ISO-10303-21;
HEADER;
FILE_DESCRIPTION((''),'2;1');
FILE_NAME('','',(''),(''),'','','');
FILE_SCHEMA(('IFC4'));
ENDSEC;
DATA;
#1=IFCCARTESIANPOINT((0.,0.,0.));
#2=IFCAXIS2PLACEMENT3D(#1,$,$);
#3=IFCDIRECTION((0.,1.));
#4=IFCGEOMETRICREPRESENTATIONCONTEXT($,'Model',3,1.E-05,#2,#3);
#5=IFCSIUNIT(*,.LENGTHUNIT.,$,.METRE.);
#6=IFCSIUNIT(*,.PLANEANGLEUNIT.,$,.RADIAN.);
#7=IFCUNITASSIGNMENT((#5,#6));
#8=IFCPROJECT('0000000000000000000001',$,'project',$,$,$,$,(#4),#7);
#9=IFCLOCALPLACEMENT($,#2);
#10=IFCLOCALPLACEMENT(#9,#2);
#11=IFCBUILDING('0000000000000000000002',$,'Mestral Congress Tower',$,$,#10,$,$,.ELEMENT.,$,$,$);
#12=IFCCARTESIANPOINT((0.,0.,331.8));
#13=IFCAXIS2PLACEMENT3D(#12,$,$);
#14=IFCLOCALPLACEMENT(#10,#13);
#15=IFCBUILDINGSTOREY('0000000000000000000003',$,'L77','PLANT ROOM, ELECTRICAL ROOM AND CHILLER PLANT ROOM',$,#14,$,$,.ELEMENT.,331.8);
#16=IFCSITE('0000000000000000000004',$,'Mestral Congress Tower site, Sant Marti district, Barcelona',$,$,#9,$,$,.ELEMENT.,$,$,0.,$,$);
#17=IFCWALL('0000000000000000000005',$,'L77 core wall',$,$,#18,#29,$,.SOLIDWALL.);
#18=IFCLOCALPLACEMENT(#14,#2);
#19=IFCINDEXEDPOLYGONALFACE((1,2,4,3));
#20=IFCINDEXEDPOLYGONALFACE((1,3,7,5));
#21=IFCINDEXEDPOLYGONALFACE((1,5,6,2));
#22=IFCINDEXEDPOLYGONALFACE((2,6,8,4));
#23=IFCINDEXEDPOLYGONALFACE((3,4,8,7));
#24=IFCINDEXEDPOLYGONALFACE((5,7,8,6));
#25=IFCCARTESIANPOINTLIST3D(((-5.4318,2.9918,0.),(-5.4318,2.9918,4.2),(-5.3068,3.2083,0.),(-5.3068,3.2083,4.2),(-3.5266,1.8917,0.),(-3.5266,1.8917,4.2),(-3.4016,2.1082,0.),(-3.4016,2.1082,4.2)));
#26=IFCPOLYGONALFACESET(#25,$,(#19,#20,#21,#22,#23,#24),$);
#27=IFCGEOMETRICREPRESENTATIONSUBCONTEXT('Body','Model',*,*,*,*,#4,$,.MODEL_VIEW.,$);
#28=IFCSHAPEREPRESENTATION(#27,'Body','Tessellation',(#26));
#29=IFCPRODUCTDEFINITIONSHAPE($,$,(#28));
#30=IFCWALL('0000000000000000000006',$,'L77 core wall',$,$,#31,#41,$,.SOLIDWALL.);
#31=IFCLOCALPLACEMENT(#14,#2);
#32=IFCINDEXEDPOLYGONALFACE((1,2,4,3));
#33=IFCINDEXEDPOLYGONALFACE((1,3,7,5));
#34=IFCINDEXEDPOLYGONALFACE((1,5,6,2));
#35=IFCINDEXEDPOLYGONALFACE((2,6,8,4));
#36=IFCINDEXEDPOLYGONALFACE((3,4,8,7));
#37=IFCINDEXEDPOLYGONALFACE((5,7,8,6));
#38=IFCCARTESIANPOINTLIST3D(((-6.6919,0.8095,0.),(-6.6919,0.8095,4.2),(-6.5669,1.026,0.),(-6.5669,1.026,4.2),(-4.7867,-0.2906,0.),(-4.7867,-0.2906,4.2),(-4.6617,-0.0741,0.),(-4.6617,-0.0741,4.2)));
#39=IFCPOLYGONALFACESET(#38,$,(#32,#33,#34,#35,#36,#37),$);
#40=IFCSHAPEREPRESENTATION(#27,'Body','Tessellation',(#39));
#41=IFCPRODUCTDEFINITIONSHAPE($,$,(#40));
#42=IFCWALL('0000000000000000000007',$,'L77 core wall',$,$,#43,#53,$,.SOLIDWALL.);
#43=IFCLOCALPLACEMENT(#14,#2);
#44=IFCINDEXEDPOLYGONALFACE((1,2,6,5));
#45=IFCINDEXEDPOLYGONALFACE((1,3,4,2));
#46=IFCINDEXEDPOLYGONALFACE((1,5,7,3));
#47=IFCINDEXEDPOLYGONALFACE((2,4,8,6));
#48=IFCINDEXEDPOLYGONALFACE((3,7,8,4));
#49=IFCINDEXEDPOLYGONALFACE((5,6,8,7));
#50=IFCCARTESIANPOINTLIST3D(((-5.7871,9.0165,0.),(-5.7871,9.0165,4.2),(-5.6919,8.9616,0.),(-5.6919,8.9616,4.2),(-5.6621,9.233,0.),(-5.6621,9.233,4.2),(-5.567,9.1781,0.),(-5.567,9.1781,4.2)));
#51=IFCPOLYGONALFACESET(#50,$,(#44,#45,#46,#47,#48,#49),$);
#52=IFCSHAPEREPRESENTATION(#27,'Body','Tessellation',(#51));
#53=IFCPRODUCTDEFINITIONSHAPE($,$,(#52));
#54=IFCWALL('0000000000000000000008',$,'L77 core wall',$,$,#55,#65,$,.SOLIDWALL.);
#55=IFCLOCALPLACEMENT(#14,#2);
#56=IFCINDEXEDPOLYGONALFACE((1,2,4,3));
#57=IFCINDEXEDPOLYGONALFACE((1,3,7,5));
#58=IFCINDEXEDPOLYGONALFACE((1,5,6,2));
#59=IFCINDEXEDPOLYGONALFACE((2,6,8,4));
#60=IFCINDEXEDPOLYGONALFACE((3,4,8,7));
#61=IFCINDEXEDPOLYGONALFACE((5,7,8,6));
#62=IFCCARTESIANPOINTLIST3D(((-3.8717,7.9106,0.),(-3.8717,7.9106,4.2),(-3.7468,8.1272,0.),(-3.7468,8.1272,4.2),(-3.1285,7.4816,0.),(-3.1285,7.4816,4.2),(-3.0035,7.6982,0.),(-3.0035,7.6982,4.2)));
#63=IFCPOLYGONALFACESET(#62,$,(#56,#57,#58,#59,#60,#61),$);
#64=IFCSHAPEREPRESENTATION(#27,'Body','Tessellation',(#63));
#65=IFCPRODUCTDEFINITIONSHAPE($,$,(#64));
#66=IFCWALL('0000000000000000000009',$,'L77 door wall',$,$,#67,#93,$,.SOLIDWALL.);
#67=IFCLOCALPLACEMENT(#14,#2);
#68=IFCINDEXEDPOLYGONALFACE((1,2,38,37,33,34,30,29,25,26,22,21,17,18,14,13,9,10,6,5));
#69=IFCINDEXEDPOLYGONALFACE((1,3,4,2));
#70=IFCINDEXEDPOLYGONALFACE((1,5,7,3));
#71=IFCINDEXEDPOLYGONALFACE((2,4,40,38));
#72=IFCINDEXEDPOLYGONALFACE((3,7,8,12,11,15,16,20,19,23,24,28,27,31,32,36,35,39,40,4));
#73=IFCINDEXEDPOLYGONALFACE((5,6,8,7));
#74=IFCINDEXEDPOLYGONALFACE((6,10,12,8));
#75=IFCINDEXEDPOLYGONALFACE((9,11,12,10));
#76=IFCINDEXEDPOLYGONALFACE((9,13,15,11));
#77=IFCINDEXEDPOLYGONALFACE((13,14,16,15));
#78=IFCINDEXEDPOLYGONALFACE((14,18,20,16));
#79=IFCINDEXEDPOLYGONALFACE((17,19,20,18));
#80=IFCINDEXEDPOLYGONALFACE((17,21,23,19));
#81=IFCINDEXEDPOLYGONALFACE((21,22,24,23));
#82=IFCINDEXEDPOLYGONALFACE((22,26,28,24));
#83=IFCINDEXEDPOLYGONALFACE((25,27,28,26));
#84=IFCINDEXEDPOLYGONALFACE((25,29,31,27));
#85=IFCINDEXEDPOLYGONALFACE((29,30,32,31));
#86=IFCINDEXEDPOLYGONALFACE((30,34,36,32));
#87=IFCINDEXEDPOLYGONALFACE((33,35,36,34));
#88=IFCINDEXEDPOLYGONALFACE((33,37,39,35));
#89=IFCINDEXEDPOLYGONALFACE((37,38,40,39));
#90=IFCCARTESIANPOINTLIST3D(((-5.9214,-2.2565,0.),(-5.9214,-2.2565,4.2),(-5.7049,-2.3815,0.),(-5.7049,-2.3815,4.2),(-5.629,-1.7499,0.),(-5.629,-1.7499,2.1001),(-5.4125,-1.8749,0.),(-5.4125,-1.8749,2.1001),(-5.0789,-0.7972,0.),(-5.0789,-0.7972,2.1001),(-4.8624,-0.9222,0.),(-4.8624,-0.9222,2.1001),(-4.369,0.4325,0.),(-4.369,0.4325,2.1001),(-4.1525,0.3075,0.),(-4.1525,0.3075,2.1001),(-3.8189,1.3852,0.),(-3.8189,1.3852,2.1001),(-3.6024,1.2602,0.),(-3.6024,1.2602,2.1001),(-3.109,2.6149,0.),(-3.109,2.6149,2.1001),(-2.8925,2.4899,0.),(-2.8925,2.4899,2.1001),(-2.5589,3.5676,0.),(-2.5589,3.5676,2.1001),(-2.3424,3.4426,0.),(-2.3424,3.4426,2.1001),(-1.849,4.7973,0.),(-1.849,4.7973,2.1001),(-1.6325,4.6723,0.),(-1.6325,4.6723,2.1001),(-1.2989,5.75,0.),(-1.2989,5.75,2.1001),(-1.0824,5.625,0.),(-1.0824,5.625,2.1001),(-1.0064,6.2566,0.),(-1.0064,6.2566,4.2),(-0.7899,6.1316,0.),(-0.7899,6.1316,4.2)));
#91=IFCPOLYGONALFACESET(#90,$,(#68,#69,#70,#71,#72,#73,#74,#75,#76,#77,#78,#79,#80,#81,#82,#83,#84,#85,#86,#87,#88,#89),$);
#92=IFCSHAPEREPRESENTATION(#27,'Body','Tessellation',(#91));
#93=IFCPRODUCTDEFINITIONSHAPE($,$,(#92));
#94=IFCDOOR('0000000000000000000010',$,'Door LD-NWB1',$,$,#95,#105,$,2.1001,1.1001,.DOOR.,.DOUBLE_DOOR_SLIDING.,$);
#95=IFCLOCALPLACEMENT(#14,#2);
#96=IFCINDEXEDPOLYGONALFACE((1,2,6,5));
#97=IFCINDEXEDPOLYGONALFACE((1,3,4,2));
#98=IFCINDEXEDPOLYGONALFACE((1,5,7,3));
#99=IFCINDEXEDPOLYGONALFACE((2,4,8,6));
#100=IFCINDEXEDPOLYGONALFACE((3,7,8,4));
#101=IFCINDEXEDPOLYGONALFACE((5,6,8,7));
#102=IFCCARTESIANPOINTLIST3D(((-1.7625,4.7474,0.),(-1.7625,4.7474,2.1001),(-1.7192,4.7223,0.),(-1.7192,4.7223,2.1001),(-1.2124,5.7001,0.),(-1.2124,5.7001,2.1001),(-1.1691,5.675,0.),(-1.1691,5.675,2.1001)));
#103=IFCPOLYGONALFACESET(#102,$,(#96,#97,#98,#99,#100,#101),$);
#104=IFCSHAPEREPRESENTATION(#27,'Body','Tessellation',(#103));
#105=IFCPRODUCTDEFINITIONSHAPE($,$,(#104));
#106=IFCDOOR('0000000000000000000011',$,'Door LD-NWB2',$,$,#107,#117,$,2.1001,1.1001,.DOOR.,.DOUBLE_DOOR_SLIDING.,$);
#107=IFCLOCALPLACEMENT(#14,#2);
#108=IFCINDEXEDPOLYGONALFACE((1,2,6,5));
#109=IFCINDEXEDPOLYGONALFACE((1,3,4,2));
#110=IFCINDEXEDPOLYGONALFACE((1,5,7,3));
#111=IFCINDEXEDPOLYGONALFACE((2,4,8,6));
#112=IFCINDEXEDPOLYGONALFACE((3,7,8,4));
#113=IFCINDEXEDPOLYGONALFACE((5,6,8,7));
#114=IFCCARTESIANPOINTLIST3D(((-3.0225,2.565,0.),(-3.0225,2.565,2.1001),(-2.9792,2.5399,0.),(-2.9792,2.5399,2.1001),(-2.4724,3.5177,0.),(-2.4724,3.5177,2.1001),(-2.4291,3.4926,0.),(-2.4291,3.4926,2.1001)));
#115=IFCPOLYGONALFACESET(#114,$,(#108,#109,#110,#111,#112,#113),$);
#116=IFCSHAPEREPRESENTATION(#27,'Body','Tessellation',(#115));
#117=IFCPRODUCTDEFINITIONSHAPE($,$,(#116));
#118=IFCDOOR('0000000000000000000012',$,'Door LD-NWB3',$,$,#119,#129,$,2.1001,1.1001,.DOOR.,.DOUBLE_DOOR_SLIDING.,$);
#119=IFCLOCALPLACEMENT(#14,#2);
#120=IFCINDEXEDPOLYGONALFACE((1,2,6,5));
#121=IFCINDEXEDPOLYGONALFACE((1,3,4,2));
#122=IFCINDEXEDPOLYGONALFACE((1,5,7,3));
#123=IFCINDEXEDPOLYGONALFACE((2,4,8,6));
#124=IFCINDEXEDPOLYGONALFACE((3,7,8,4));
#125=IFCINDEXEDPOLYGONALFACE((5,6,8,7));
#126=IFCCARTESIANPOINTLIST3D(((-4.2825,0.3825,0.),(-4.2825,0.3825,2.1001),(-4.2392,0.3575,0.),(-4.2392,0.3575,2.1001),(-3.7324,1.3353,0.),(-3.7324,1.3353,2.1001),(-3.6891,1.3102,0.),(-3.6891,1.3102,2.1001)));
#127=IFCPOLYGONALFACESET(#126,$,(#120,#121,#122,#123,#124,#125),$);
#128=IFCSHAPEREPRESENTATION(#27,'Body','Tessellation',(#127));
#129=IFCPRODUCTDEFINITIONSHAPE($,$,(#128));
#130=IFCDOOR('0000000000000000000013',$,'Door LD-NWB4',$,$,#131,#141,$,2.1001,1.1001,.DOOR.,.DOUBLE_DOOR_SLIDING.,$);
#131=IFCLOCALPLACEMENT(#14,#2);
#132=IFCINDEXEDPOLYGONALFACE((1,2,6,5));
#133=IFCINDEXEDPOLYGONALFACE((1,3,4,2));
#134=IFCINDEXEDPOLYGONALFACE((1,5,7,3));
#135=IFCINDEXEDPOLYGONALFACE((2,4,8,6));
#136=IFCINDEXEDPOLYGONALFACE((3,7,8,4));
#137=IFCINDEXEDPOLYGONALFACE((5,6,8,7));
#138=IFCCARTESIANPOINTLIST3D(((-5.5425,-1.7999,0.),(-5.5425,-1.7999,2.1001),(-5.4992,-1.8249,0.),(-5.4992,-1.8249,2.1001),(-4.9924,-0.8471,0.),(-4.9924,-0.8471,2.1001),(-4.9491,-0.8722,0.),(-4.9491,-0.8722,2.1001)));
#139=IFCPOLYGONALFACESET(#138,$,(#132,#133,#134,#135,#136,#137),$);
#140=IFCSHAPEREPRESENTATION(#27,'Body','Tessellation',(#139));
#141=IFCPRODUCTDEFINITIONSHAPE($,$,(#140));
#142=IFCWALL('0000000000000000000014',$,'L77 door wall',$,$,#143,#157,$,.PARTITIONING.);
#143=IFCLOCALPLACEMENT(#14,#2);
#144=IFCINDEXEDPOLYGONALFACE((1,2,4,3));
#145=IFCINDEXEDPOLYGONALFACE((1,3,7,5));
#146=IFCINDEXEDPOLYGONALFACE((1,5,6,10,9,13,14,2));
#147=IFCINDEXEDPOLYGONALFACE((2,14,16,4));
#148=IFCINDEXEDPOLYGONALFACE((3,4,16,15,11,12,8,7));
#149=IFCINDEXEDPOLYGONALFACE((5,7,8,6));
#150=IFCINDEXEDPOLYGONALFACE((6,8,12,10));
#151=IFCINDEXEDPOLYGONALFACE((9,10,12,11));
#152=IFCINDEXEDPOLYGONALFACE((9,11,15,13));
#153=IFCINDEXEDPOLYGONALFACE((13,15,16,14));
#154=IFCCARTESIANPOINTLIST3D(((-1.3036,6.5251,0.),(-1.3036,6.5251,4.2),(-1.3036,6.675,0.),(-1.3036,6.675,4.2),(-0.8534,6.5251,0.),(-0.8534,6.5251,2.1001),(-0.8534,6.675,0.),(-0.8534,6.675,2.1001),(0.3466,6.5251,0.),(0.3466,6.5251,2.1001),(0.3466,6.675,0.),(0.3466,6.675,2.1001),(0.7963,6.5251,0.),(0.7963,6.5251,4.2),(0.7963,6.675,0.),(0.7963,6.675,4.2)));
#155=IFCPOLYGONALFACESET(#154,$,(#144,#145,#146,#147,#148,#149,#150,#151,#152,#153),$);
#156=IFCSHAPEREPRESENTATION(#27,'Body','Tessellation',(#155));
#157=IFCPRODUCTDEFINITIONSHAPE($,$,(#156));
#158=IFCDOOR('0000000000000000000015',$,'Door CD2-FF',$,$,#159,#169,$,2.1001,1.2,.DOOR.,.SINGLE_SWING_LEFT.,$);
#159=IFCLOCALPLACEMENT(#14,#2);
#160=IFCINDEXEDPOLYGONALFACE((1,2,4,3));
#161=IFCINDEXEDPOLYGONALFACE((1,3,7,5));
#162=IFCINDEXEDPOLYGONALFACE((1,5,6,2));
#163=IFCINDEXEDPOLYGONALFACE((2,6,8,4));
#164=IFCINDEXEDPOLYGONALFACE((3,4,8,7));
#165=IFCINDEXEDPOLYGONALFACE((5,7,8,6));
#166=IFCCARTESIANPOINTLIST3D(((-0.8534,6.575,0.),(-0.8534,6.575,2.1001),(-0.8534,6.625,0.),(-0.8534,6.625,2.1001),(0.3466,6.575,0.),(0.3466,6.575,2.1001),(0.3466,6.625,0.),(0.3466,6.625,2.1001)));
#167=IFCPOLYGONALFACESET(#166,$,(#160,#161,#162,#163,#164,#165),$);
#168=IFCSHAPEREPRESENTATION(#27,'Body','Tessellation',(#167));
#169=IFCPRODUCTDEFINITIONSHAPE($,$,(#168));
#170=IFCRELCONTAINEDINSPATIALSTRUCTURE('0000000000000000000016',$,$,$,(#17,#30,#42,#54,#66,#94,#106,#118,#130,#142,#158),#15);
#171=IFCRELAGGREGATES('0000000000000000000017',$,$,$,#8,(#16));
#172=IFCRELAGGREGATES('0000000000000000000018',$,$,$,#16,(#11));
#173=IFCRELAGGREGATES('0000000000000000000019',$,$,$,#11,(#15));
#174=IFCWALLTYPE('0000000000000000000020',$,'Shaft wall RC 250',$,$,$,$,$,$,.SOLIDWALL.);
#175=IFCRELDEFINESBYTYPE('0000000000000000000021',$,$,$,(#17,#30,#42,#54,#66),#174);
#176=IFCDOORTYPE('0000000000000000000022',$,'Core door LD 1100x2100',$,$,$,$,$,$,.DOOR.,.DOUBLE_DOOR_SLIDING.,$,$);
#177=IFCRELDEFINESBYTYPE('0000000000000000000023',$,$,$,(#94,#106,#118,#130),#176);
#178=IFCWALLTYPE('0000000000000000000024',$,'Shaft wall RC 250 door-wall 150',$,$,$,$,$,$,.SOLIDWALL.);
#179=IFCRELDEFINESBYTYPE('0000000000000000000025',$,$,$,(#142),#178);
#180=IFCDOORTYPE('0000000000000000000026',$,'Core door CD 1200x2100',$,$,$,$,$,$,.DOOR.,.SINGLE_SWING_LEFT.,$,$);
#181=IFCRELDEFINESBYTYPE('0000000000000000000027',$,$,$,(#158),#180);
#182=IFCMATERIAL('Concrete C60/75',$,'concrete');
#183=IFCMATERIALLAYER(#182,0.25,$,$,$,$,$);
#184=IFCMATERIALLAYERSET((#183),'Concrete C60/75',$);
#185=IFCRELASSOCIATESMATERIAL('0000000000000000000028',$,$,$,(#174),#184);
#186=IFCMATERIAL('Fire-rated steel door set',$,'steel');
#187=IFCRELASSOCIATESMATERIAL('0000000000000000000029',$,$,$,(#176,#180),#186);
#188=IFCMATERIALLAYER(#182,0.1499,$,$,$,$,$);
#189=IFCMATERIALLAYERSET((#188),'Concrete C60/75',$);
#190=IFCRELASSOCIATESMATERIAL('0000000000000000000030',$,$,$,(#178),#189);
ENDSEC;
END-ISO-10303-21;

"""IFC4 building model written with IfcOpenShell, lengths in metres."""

from ifc_helpers import new_model, si_unit, direction, frame, frame_2d, origin, place, context, subcontext, project, spatial, rectangle, extrude, material, layer, layer_set, type_object, element, fill, save


model = new_model("IFC4")

# Units and contexts
model_context = context("Model", 3, precision=1e-05, world=origin(), true_north=direction((0.0, 1.0)))
body_context = subcontext(model_context, "Body", "Model", "MODEL_VIEW")
ifc_project = project(units=[si_unit("LENGTHUNIT", "METRE"), si_unit("PLANEANGLEUNIT", "RADIAN")], contexts=[model_context])

# Site, building, storey
site_placement = place(None, origin())
site = spatial("IfcSite", under=ifc_project, at=site_placement, Name="Mestral Congress Tower site, Sant Marti district, Barcelona", CompositionType="ELEMENT", RefElevation=0.0)
building_placement = place(site_placement, origin())
building = spatial("IfcBuilding", under=site, at=building_placement, Name="Mestral Congress Tower", CompositionType="ELEMENT")
storey_placement = place(building_placement, frame((0.0, 0.0, 331.8)))
storey = spatial("IfcBuildingStorey", under=building, at=storey_placement, Name="L77", Description="PLANT ROOM, ELECTRICAL ROOM AND CHILLER PLANT ROOM", CompositionType="ELEMENT", Elevation=331.8)

# Shared definitions
ifc_material_1 = material(Name="Concrete C60/75", Category="concrete")

# Shared definitions
ifc_material_2 = material(Name="Fire-rated steel door set", Category="steel")

# Walls
ifc_layer_1 = layer(ifc_material_1, 0.25)
ifc_layer_set_1 = layer_set([ifc_layer_1], Name="Concrete C60/75")
wall_type_1 = type_object("IfcWallType", Name="Shaft wall RC 250", PredefinedType="SOLIDWALL", material=ifc_layer_set_1)
for number, where, z_axis, x_axis, name in (
    (1, (-5.3694, 3.1001, 0.0), (0.0, 0.0, 1.0), (0.866008, -0.50003, 0.0), "L77 core wall"),
    (2, (-4.7241, -0.1824, 0.0), (0.0, 0.0, 1.0), (-0.866008, 0.50003, 0.0), "L77 core wall"),
):
    element("IfcWall", number, at=place(storey_placement, frame(where, z_axis=z_axis, x_axis=x_axis)), inside=storey, type_object=wall_type_1, Name=name, PredefinedType="SOLIDWALL", context=body_context, shape_type="SweptSolid", body=[
        extrude(rectangle(XDim=2.2, YDim=0.25, at=frame_2d((1.1001, 0.0))), origin(), (0.0, 0.0, 1.0), 4.2),
    ])
wall_1_placement = place(storey_placement, frame((-5.7246, 9.1248, 0.0), z_axis=(0.0, 0.0, 1.0), x_axis=(0.866186, -0.499722, 0.0)))
element("IfcWall", 3, at=wall_1_placement, inside=storey, type_object=wall_type_1, Name="L77 core wall", PredefinedType="SOLIDWALL", context=body_context, shape_type="SweptSolid", body=[
    extrude(rectangle(XDim=0.1099, YDim=0.25, at=frame_2d((0.0549, 0.0))), origin(), (0.0, 0.0, 1.0), 4.2),
])
wall_2_placement = place(storey_placement, frame((-3.0659, 7.5898, 0.0), z_axis=(0.0, 0.0, 1.0), x_axis=(-0.866081, 0.499903, 0.0)))
element("IfcWall", 4, at=wall_2_placement, inside=storey, type_object=wall_type_1, Name="L77 core wall", PredefinedType="SOLIDWALL", context=body_context, shape_type="SweptSolid", body=[
    extrude(rectangle(XDim=0.8582, YDim=0.25, at=frame_2d((0.4292, 0.0))), origin(), (0.0, 0.0, 1.0), 4.2),
])

# Wall, openings, doors
wall_3_placement = place(storey_placement, frame((-0.8982, 6.1941, 0.0), z_axis=(0.0, 0.0, 1.0), x_axis=(-0.499996, -0.866028, 0.0)))
wall_3 = element("IfcWall", 5, at=wall_3_placement, inside=storey, type_object=wall_type_1, Name="L77 door wall", PredefinedType="SOLIDWALL", context=body_context, shape_type="SweptSolid", body=[
    extrude(rectangle(XDim=9.8301, YDim=0.25, at=frame_2d((4.915, 0.0))), origin(), (0.0, 0.0, 1.0), 4.2),
])
opening_1_placement = place(wall_3_placement, frame((0.585, 0.0, 0.0)))
opening_1 = element("IfcOpeningElement", 6, at=opening_1_placement, cuts=wall_3, PredefinedType="OPENING", context=body_context, shape_type="SweptSolid", body=[
    extrude(rectangle(XDim=1.1001, YDim=2.1001, at=frame_2d((0.55, 1.05))), frame((0.0, 0.135, 0.0), z_axis=(0.0, -1.0, 0.0), x_axis=(1.0, 0.0, 0.0)), (0.0, 0.0, 1.0), 0.27),
])
opening_2_placement = place(wall_3_placement, frame((3.105, 0.0, 0.0)))
opening_2 = element("IfcOpeningElement", 7, at=opening_2_placement, cuts=wall_3, PredefinedType="OPENING", context=body_context, shape_type="SweptSolid", body=[
    extrude(rectangle(XDim=1.1001, YDim=2.1001, at=frame_2d((0.55, 1.05))), frame((0.0, 0.135, 0.0), z_axis=(0.0, -1.0, 0.0), x_axis=(1.0, 0.0, 0.0)), (0.0, 0.0, 1.0), 0.27),
])
opening_3_placement = place(wall_3_placement, frame((5.625, 0.0, 0.0)))
opening_3 = element("IfcOpeningElement", 8, at=opening_3_placement, cuts=wall_3, PredefinedType="OPENING", context=body_context, shape_type="SweptSolid", body=[
    extrude(rectangle(XDim=1.1001, YDim=2.1001, at=frame_2d((0.55, 1.05))), frame((0.0, 0.135, 0.0), z_axis=(0.0, -1.0, 0.0), x_axis=(1.0, 0.0, 0.0)), (0.0, 0.0, 1.0), 0.27),
])
opening_4_placement = place(wall_3_placement, frame((8.145, 0.0, 0.0)))
opening_4 = element("IfcOpeningElement", 9, at=opening_4_placement, cuts=wall_3, PredefinedType="OPENING", context=body_context, shape_type="SweptSolid", body=[
    extrude(rectangle(XDim=1.1001, YDim=2.1001, at=frame_2d((0.55, 1.05))), frame((0.0, 0.135, 0.0), z_axis=(0.0, -1.0, 0.0), x_axis=(1.0, 0.0, 0.0)), (0.0, 0.0, 1.0), 0.27),
])
door_type_1 = type_object("IfcDoorType", Name="Core door LD 1100x2100", OperationType="DOUBLE_DOOR_SLIDING", PredefinedType="DOOR", material=ifc_material_2)
door_1_placement = place(opening_1_placement, origin())
door_1 = element("IfcDoor", 10, at=door_1_placement, inside=storey, type_object=door_type_1, Name="Door LD-NWB1", OperationType="DOUBLE_DOOR_SLIDING", OverallHeight=2.1001, OverallWidth=1.1001, PredefinedType="DOOR", context=body_context, shape_type="SweptSolid", body=[
    extrude(rectangle(XDim=1.1001, YDim=2.1001, at=frame_2d((0.55, 1.05))), frame((0.0, 0.0249, 0.0), z_axis=(0.0, -1.0, 0.0), x_axis=(1.0, 0.0, 0.0)), (0.0, 0.0, 1.0), 0.05),
])
fill(opening_1, door_1)
door_2_placement = place(opening_2_placement, origin())
door_2 = element("IfcDoor", 11, at=door_2_placement, inside=storey, type_object=door_type_1, Name="Door LD-NWB2", OperationType="DOUBLE_DOOR_SLIDING", OverallHeight=2.1001, OverallWidth=1.1001, PredefinedType="DOOR", context=body_context, shape_type="SweptSolid", body=[
    extrude(rectangle(XDim=1.1001, YDim=2.1001, at=frame_2d((0.55, 1.05))), frame((0.0, 0.0249, 0.0), z_axis=(0.0, -1.0, 0.0), x_axis=(1.0, 0.0, 0.0)), (0.0, 0.0, 1.0), 0.05),
])
fill(opening_2, door_2)
door_3_placement = place(opening_3_placement, origin())
door_3 = element("IfcDoor", 12, at=door_3_placement, inside=storey, type_object=door_type_1, Name="Door LD-NWB3", OperationType="DOUBLE_DOOR_SLIDING", OverallHeight=2.1001, OverallWidth=1.1001, PredefinedType="DOOR", context=body_context, shape_type="SweptSolid", body=[
    extrude(rectangle(XDim=1.1001, YDim=2.1001, at=frame_2d((0.55, 1.05))), frame((0.0, 0.0249, 0.0), z_axis=(0.0, -1.0, 0.0), x_axis=(1.0, 0.0, 0.0)), (0.0, 0.0, 1.0), 0.05),
])
fill(opening_3, door_3)
door_4_placement = place(opening_4_placement, origin())
door_4 = element("IfcDoor", 13, at=door_4_placement, inside=storey, type_object=door_type_1, Name="Door LD-NWB4", OperationType="DOUBLE_DOOR_SLIDING", OverallHeight=2.1001, OverallWidth=1.1001, PredefinedType="DOOR", context=body_context, shape_type="SweptSolid", body=[
    extrude(rectangle(XDim=1.1001, YDim=2.1001, at=frame_2d((0.55, 1.05))), frame((0.0, 0.0249, 0.0), z_axis=(0.0, -1.0, 0.0), x_axis=(1.0, 0.0, 0.0)), (0.0, 0.0, 1.0), 0.05),
])
fill(opening_4, door_4)

# Wall, opening, door
ifc_layer_2 = layer(ifc_material_1, 0.1499)
ifc_layer_set_2 = layer_set([ifc_layer_2], Name="Concrete C60/75")
wall_type_2 = type_object("IfcWallType", Name="Shaft wall RC 250 door-wall 150", PredefinedType="SOLIDWALL", material=ifc_layer_set_2)
wall_4_placement = place(storey_placement, frame((-1.3035, 6.6001, 0.0), z_axis=(0.0, 0.0, 1.0), x_axis=(1.0, 0.0, 0.0)))
wall_4 = element("IfcWall", 14, at=wall_4_placement, inside=storey, type_object=wall_type_2, Name="L77 door wall", PredefinedType="PARTITIONING", context=body_context, shape_type="SweptSolid", body=[
    extrude(rectangle(XDim=2.0999, YDim=0.1499, at=frame_2d((1.0498, 0.0))), origin(), (0.0, 0.0, 1.0), 4.2),
])
opening_5_placement = place(wall_4_placement, frame((0.45, 0.0, 0.0)))
opening_5 = element("IfcOpeningElement", 15, at=opening_5_placement, cuts=wall_4, PredefinedType="OPENING", context=body_context, shape_type="SweptSolid", body=[
    extrude(rectangle(XDim=1.2, YDim=2.1001, at=frame_2d((0.6001, 1.05))), frame((0.0, 0.085, 0.0), z_axis=(0.0, -1.0, 0.0), x_axis=(1.0, 0.0, 0.0)), (0.0, 0.0, 1.0), 0.1699),
])
door_type_2 = type_object("IfcDoorType", Name="Core door CD 1200x2100", OperationType="SINGLE_SWING_LEFT", PredefinedType="DOOR", material=ifc_material_2)
door_5_placement = place(opening_5_placement, origin())
door_5 = element("IfcDoor", 16, at=door_5_placement, inside=storey, type_object=door_type_2, Name="Door CD2-FF", OperationType="SINGLE_SWING_LEFT", OverallHeight=2.1001, OverallWidth=1.2, PredefinedType="DOOR", context=body_context, shape_type="SweptSolid", body=[
    extrude(rectangle(XDim=1.2, YDim=2.1001, at=frame_2d((0.6001, 1.05))), frame((0.0, 0.0249, 0.0), z_axis=(0.0, -1.0, 0.0), x_axis=(1.0, 0.0, 0.0)), (0.0, 0.0, 1.0), 0.05),
])
fill(opening_5, door_5)

save(model, "model.ifc")
